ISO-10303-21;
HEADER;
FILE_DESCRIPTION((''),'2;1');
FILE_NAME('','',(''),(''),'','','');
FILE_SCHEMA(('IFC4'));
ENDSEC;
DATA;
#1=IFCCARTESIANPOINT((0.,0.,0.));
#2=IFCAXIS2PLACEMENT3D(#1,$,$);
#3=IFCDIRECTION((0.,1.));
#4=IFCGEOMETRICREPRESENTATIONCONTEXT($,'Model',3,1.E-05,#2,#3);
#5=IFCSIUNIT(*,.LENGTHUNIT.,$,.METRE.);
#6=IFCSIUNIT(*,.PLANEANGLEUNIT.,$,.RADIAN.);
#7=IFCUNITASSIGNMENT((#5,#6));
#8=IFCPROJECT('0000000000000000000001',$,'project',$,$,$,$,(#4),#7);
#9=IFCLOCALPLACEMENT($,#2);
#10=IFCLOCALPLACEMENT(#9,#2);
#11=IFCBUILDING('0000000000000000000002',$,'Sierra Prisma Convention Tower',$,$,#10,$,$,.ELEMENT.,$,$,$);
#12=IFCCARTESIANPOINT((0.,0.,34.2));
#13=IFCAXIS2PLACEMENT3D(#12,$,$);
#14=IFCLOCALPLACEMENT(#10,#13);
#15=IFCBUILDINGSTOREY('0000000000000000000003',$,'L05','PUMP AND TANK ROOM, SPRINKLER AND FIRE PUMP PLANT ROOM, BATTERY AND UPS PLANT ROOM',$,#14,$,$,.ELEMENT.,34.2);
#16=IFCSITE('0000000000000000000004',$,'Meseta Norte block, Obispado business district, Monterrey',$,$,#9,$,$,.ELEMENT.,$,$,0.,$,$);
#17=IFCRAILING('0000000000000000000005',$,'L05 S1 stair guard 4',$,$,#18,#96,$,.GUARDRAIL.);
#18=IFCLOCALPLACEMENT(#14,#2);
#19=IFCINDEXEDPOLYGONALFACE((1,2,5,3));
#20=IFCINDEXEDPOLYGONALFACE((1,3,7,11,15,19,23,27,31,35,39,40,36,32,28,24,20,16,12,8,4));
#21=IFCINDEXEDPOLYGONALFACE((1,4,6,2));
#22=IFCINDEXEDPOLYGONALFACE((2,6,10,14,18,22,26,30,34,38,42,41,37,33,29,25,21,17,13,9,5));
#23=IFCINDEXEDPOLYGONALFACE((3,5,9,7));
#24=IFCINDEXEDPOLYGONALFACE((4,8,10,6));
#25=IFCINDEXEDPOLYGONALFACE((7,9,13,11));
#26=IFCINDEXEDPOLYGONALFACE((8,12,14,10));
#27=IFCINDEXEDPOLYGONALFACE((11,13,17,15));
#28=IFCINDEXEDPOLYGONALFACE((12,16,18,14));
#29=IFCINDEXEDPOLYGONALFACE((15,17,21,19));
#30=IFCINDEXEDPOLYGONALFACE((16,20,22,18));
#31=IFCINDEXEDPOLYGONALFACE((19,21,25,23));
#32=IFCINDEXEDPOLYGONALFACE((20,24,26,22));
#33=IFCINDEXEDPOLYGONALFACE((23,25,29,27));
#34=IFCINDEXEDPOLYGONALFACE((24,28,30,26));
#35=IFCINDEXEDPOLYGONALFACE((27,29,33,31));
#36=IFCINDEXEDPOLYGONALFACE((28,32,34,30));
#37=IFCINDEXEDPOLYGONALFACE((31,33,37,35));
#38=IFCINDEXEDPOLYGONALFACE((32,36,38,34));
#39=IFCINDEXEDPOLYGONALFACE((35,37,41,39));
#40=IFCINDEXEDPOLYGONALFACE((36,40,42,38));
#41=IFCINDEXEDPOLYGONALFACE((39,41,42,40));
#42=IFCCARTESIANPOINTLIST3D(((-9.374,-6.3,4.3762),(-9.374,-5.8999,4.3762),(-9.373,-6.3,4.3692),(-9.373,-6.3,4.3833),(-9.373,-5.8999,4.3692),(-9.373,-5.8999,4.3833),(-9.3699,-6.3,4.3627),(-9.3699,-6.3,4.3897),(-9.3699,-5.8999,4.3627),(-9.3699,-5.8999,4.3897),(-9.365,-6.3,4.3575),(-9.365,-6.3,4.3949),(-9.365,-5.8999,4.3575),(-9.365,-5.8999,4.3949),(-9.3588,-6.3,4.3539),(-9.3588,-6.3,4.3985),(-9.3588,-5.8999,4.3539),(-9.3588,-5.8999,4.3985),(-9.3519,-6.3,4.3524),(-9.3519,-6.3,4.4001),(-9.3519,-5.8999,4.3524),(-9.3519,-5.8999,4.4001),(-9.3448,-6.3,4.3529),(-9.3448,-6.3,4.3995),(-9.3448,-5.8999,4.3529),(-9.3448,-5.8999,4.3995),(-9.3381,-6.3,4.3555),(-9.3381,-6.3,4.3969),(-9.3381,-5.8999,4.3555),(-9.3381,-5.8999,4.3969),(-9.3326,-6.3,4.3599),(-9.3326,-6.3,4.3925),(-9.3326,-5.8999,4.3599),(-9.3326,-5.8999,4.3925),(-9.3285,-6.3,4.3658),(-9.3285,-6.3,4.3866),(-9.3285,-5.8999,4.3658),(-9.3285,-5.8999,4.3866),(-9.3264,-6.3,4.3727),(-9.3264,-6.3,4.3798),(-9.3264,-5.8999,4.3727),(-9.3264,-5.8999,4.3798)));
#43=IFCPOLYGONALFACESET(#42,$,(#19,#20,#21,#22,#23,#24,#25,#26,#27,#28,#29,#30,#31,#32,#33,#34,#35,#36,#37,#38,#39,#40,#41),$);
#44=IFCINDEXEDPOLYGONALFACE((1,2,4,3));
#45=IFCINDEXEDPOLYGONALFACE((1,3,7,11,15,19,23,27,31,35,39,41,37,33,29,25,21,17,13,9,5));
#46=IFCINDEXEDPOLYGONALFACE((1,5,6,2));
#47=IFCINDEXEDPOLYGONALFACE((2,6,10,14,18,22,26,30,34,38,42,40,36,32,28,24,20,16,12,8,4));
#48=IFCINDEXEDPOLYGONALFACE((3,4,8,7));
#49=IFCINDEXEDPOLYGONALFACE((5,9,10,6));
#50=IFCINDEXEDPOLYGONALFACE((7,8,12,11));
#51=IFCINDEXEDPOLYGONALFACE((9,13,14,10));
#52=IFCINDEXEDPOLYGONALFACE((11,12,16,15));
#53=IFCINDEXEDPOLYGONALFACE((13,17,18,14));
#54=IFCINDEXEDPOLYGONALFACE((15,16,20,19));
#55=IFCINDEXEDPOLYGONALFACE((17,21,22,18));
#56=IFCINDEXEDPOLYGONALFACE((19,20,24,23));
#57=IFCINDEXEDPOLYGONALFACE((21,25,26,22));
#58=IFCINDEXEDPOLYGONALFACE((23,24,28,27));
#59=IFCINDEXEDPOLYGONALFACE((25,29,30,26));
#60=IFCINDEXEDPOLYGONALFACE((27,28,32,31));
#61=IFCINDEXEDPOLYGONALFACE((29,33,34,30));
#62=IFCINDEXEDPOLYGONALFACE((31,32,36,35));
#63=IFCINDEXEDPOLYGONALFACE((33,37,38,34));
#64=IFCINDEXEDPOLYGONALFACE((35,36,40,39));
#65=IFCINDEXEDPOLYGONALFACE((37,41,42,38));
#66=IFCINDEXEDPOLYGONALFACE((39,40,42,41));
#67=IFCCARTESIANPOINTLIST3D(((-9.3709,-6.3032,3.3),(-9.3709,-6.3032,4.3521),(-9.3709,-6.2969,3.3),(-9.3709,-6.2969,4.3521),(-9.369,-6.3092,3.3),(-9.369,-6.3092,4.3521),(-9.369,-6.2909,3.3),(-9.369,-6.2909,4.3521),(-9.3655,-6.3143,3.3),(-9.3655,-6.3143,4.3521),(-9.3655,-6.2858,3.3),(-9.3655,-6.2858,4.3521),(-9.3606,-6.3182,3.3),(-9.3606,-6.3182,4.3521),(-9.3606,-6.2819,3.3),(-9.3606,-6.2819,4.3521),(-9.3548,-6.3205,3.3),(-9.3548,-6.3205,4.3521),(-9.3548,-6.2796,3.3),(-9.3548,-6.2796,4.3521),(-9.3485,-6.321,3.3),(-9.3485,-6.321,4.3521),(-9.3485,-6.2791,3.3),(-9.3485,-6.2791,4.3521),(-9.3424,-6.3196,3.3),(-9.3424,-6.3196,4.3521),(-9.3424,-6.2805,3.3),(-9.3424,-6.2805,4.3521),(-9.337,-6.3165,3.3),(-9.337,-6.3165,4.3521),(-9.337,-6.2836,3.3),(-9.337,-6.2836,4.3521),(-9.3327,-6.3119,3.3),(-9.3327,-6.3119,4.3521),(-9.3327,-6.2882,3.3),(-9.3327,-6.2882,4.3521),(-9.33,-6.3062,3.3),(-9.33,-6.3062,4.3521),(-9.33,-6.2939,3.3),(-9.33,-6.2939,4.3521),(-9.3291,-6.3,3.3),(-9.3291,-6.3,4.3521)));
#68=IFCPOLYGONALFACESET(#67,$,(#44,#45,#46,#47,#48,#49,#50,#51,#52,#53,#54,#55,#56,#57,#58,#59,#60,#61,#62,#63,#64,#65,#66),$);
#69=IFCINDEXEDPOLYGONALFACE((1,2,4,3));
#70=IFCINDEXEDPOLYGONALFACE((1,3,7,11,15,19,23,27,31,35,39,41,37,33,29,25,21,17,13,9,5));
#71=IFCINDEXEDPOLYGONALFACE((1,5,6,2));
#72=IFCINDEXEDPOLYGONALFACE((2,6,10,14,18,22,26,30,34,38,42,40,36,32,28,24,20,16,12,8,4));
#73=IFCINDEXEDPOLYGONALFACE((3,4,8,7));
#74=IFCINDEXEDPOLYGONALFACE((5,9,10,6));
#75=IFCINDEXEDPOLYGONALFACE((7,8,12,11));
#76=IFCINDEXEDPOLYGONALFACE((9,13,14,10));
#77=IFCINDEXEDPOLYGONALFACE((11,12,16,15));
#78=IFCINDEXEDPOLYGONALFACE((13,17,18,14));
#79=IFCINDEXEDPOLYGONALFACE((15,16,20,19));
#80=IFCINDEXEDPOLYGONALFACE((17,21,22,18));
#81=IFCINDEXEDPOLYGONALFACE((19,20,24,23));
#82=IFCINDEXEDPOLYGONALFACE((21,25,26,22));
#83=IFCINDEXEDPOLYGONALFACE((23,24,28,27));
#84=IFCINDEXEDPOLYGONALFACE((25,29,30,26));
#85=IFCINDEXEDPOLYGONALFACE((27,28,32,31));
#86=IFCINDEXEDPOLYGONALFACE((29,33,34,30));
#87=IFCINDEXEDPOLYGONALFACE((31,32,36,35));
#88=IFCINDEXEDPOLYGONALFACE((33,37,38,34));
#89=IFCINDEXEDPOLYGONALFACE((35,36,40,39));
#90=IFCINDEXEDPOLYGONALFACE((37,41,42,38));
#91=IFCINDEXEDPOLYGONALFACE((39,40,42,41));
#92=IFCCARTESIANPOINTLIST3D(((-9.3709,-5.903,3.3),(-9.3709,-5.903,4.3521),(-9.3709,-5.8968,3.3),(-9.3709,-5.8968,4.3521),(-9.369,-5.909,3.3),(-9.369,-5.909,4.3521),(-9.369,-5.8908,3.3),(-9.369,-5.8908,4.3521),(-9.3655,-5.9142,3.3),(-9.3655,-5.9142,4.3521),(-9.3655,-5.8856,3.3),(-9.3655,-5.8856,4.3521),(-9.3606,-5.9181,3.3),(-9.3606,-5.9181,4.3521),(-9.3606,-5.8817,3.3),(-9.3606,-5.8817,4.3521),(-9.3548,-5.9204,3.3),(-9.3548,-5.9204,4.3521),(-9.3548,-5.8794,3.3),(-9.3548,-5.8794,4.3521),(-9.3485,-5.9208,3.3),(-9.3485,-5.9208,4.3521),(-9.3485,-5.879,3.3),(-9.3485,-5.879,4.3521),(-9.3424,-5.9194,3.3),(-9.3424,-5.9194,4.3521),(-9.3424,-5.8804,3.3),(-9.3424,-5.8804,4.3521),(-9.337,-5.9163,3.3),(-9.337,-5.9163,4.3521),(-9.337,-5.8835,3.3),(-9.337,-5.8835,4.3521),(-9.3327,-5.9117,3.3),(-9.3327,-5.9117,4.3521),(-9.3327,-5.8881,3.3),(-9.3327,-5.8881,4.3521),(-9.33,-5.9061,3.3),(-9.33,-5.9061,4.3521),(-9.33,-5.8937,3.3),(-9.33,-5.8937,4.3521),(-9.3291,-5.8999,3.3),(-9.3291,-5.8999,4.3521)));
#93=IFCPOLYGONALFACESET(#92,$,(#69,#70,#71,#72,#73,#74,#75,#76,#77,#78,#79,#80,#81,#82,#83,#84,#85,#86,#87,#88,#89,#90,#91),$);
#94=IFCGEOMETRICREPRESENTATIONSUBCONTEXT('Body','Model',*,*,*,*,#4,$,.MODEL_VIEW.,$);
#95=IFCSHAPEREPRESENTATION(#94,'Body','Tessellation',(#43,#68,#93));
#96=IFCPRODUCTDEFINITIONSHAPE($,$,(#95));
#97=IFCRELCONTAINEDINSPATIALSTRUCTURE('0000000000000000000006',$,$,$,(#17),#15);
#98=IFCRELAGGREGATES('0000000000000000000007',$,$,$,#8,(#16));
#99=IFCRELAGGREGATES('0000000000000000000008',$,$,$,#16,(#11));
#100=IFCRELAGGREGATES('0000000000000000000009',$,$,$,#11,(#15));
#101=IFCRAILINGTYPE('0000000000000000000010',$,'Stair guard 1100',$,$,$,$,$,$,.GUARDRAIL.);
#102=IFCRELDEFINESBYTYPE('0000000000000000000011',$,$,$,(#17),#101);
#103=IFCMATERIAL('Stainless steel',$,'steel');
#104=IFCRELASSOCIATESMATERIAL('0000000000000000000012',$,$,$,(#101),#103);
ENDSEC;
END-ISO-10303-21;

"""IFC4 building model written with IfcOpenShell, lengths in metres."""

from ifc_helpers import new_model, si_unit, direction, frame, origin, origin_2d, place, context, subcontext, project, spatial, circle, extrude, material, type_object, element, save


model = new_model("IFC4")

# Units and contexts
model_context = context("Model", 3, precision=1e-05, world=origin(), true_north=direction((0.0, 1.0)))
body_context = subcontext(model_context, "Body", "Model", "MODEL_VIEW")
ifc_project = project(units=[si_unit("LENGTHUNIT", "METRE"), si_unit("PLANEANGLEUNIT", "RADIAN")], contexts=[model_context])

# Site, building, storey
site_placement = place(None, origin())
site = spatial("IfcSite", under=ifc_project, at=site_placement, Name="Meseta Norte block, Obispado business district, Monterrey", CompositionType="ELEMENT", RefElevation=0.0)
building_placement = place(site_placement, origin())
building = spatial("IfcBuilding", under=site, at=building_placement, Name="Sierra Prisma Convention Tower", CompositionType="ELEMENT")
storey_placement = place(building_placement, frame((0.0, 0.0, 34.2)))
storey = spatial("IfcBuildingStorey", under=building, at=storey_placement, Name="L05", Description="PUMP AND TANK ROOM, SPRINKLER AND FIRE PUMP PLANT ROOM, BATTERY AND UPS PLANT ROOM", CompositionType="ELEMENT", Elevation=34.2)

# Railing
ifc_material_1 = material(Name="Stainless steel", Category="steel")
railing_type_1 = type_object("IfcRailingType", Name="Stair guard 1100", PredefinedType="GUARDRAIL", material=ifc_material_1)
railing_1_placement = place(storey_placement, frame((-9.3501, -6.3, 3.3)))
element("IfcRailing", 1, at=railing_1_placement, inside=storey, type_object=railing_type_1, Name="L05 S1 stair guard 4", PredefinedType="GUARDRAIL", context=body_context, shape_type="SweptSolid", body=[
    extrude(circle(Radius=0.0239, at=origin_2d()), frame((0.0, 0.0, 1.0762), z_axis=(0.0, 1.0, 0.0), x_axis=(-1.0, 0.0, 0.0)), (0.0, 0.0, 1.0), 0.4001),
    extrude(circle(Radius=0.021, at=origin_2d()), origin(), (0.0, 0.0, 1.0), 1.052),
    extrude(circle(Radius=0.021, at=origin_2d()), frame((0.0, 0.4001, 0.0)), (0.0, 0.0, 1.0), 1.052),
])

save(model, "model.ifc")
